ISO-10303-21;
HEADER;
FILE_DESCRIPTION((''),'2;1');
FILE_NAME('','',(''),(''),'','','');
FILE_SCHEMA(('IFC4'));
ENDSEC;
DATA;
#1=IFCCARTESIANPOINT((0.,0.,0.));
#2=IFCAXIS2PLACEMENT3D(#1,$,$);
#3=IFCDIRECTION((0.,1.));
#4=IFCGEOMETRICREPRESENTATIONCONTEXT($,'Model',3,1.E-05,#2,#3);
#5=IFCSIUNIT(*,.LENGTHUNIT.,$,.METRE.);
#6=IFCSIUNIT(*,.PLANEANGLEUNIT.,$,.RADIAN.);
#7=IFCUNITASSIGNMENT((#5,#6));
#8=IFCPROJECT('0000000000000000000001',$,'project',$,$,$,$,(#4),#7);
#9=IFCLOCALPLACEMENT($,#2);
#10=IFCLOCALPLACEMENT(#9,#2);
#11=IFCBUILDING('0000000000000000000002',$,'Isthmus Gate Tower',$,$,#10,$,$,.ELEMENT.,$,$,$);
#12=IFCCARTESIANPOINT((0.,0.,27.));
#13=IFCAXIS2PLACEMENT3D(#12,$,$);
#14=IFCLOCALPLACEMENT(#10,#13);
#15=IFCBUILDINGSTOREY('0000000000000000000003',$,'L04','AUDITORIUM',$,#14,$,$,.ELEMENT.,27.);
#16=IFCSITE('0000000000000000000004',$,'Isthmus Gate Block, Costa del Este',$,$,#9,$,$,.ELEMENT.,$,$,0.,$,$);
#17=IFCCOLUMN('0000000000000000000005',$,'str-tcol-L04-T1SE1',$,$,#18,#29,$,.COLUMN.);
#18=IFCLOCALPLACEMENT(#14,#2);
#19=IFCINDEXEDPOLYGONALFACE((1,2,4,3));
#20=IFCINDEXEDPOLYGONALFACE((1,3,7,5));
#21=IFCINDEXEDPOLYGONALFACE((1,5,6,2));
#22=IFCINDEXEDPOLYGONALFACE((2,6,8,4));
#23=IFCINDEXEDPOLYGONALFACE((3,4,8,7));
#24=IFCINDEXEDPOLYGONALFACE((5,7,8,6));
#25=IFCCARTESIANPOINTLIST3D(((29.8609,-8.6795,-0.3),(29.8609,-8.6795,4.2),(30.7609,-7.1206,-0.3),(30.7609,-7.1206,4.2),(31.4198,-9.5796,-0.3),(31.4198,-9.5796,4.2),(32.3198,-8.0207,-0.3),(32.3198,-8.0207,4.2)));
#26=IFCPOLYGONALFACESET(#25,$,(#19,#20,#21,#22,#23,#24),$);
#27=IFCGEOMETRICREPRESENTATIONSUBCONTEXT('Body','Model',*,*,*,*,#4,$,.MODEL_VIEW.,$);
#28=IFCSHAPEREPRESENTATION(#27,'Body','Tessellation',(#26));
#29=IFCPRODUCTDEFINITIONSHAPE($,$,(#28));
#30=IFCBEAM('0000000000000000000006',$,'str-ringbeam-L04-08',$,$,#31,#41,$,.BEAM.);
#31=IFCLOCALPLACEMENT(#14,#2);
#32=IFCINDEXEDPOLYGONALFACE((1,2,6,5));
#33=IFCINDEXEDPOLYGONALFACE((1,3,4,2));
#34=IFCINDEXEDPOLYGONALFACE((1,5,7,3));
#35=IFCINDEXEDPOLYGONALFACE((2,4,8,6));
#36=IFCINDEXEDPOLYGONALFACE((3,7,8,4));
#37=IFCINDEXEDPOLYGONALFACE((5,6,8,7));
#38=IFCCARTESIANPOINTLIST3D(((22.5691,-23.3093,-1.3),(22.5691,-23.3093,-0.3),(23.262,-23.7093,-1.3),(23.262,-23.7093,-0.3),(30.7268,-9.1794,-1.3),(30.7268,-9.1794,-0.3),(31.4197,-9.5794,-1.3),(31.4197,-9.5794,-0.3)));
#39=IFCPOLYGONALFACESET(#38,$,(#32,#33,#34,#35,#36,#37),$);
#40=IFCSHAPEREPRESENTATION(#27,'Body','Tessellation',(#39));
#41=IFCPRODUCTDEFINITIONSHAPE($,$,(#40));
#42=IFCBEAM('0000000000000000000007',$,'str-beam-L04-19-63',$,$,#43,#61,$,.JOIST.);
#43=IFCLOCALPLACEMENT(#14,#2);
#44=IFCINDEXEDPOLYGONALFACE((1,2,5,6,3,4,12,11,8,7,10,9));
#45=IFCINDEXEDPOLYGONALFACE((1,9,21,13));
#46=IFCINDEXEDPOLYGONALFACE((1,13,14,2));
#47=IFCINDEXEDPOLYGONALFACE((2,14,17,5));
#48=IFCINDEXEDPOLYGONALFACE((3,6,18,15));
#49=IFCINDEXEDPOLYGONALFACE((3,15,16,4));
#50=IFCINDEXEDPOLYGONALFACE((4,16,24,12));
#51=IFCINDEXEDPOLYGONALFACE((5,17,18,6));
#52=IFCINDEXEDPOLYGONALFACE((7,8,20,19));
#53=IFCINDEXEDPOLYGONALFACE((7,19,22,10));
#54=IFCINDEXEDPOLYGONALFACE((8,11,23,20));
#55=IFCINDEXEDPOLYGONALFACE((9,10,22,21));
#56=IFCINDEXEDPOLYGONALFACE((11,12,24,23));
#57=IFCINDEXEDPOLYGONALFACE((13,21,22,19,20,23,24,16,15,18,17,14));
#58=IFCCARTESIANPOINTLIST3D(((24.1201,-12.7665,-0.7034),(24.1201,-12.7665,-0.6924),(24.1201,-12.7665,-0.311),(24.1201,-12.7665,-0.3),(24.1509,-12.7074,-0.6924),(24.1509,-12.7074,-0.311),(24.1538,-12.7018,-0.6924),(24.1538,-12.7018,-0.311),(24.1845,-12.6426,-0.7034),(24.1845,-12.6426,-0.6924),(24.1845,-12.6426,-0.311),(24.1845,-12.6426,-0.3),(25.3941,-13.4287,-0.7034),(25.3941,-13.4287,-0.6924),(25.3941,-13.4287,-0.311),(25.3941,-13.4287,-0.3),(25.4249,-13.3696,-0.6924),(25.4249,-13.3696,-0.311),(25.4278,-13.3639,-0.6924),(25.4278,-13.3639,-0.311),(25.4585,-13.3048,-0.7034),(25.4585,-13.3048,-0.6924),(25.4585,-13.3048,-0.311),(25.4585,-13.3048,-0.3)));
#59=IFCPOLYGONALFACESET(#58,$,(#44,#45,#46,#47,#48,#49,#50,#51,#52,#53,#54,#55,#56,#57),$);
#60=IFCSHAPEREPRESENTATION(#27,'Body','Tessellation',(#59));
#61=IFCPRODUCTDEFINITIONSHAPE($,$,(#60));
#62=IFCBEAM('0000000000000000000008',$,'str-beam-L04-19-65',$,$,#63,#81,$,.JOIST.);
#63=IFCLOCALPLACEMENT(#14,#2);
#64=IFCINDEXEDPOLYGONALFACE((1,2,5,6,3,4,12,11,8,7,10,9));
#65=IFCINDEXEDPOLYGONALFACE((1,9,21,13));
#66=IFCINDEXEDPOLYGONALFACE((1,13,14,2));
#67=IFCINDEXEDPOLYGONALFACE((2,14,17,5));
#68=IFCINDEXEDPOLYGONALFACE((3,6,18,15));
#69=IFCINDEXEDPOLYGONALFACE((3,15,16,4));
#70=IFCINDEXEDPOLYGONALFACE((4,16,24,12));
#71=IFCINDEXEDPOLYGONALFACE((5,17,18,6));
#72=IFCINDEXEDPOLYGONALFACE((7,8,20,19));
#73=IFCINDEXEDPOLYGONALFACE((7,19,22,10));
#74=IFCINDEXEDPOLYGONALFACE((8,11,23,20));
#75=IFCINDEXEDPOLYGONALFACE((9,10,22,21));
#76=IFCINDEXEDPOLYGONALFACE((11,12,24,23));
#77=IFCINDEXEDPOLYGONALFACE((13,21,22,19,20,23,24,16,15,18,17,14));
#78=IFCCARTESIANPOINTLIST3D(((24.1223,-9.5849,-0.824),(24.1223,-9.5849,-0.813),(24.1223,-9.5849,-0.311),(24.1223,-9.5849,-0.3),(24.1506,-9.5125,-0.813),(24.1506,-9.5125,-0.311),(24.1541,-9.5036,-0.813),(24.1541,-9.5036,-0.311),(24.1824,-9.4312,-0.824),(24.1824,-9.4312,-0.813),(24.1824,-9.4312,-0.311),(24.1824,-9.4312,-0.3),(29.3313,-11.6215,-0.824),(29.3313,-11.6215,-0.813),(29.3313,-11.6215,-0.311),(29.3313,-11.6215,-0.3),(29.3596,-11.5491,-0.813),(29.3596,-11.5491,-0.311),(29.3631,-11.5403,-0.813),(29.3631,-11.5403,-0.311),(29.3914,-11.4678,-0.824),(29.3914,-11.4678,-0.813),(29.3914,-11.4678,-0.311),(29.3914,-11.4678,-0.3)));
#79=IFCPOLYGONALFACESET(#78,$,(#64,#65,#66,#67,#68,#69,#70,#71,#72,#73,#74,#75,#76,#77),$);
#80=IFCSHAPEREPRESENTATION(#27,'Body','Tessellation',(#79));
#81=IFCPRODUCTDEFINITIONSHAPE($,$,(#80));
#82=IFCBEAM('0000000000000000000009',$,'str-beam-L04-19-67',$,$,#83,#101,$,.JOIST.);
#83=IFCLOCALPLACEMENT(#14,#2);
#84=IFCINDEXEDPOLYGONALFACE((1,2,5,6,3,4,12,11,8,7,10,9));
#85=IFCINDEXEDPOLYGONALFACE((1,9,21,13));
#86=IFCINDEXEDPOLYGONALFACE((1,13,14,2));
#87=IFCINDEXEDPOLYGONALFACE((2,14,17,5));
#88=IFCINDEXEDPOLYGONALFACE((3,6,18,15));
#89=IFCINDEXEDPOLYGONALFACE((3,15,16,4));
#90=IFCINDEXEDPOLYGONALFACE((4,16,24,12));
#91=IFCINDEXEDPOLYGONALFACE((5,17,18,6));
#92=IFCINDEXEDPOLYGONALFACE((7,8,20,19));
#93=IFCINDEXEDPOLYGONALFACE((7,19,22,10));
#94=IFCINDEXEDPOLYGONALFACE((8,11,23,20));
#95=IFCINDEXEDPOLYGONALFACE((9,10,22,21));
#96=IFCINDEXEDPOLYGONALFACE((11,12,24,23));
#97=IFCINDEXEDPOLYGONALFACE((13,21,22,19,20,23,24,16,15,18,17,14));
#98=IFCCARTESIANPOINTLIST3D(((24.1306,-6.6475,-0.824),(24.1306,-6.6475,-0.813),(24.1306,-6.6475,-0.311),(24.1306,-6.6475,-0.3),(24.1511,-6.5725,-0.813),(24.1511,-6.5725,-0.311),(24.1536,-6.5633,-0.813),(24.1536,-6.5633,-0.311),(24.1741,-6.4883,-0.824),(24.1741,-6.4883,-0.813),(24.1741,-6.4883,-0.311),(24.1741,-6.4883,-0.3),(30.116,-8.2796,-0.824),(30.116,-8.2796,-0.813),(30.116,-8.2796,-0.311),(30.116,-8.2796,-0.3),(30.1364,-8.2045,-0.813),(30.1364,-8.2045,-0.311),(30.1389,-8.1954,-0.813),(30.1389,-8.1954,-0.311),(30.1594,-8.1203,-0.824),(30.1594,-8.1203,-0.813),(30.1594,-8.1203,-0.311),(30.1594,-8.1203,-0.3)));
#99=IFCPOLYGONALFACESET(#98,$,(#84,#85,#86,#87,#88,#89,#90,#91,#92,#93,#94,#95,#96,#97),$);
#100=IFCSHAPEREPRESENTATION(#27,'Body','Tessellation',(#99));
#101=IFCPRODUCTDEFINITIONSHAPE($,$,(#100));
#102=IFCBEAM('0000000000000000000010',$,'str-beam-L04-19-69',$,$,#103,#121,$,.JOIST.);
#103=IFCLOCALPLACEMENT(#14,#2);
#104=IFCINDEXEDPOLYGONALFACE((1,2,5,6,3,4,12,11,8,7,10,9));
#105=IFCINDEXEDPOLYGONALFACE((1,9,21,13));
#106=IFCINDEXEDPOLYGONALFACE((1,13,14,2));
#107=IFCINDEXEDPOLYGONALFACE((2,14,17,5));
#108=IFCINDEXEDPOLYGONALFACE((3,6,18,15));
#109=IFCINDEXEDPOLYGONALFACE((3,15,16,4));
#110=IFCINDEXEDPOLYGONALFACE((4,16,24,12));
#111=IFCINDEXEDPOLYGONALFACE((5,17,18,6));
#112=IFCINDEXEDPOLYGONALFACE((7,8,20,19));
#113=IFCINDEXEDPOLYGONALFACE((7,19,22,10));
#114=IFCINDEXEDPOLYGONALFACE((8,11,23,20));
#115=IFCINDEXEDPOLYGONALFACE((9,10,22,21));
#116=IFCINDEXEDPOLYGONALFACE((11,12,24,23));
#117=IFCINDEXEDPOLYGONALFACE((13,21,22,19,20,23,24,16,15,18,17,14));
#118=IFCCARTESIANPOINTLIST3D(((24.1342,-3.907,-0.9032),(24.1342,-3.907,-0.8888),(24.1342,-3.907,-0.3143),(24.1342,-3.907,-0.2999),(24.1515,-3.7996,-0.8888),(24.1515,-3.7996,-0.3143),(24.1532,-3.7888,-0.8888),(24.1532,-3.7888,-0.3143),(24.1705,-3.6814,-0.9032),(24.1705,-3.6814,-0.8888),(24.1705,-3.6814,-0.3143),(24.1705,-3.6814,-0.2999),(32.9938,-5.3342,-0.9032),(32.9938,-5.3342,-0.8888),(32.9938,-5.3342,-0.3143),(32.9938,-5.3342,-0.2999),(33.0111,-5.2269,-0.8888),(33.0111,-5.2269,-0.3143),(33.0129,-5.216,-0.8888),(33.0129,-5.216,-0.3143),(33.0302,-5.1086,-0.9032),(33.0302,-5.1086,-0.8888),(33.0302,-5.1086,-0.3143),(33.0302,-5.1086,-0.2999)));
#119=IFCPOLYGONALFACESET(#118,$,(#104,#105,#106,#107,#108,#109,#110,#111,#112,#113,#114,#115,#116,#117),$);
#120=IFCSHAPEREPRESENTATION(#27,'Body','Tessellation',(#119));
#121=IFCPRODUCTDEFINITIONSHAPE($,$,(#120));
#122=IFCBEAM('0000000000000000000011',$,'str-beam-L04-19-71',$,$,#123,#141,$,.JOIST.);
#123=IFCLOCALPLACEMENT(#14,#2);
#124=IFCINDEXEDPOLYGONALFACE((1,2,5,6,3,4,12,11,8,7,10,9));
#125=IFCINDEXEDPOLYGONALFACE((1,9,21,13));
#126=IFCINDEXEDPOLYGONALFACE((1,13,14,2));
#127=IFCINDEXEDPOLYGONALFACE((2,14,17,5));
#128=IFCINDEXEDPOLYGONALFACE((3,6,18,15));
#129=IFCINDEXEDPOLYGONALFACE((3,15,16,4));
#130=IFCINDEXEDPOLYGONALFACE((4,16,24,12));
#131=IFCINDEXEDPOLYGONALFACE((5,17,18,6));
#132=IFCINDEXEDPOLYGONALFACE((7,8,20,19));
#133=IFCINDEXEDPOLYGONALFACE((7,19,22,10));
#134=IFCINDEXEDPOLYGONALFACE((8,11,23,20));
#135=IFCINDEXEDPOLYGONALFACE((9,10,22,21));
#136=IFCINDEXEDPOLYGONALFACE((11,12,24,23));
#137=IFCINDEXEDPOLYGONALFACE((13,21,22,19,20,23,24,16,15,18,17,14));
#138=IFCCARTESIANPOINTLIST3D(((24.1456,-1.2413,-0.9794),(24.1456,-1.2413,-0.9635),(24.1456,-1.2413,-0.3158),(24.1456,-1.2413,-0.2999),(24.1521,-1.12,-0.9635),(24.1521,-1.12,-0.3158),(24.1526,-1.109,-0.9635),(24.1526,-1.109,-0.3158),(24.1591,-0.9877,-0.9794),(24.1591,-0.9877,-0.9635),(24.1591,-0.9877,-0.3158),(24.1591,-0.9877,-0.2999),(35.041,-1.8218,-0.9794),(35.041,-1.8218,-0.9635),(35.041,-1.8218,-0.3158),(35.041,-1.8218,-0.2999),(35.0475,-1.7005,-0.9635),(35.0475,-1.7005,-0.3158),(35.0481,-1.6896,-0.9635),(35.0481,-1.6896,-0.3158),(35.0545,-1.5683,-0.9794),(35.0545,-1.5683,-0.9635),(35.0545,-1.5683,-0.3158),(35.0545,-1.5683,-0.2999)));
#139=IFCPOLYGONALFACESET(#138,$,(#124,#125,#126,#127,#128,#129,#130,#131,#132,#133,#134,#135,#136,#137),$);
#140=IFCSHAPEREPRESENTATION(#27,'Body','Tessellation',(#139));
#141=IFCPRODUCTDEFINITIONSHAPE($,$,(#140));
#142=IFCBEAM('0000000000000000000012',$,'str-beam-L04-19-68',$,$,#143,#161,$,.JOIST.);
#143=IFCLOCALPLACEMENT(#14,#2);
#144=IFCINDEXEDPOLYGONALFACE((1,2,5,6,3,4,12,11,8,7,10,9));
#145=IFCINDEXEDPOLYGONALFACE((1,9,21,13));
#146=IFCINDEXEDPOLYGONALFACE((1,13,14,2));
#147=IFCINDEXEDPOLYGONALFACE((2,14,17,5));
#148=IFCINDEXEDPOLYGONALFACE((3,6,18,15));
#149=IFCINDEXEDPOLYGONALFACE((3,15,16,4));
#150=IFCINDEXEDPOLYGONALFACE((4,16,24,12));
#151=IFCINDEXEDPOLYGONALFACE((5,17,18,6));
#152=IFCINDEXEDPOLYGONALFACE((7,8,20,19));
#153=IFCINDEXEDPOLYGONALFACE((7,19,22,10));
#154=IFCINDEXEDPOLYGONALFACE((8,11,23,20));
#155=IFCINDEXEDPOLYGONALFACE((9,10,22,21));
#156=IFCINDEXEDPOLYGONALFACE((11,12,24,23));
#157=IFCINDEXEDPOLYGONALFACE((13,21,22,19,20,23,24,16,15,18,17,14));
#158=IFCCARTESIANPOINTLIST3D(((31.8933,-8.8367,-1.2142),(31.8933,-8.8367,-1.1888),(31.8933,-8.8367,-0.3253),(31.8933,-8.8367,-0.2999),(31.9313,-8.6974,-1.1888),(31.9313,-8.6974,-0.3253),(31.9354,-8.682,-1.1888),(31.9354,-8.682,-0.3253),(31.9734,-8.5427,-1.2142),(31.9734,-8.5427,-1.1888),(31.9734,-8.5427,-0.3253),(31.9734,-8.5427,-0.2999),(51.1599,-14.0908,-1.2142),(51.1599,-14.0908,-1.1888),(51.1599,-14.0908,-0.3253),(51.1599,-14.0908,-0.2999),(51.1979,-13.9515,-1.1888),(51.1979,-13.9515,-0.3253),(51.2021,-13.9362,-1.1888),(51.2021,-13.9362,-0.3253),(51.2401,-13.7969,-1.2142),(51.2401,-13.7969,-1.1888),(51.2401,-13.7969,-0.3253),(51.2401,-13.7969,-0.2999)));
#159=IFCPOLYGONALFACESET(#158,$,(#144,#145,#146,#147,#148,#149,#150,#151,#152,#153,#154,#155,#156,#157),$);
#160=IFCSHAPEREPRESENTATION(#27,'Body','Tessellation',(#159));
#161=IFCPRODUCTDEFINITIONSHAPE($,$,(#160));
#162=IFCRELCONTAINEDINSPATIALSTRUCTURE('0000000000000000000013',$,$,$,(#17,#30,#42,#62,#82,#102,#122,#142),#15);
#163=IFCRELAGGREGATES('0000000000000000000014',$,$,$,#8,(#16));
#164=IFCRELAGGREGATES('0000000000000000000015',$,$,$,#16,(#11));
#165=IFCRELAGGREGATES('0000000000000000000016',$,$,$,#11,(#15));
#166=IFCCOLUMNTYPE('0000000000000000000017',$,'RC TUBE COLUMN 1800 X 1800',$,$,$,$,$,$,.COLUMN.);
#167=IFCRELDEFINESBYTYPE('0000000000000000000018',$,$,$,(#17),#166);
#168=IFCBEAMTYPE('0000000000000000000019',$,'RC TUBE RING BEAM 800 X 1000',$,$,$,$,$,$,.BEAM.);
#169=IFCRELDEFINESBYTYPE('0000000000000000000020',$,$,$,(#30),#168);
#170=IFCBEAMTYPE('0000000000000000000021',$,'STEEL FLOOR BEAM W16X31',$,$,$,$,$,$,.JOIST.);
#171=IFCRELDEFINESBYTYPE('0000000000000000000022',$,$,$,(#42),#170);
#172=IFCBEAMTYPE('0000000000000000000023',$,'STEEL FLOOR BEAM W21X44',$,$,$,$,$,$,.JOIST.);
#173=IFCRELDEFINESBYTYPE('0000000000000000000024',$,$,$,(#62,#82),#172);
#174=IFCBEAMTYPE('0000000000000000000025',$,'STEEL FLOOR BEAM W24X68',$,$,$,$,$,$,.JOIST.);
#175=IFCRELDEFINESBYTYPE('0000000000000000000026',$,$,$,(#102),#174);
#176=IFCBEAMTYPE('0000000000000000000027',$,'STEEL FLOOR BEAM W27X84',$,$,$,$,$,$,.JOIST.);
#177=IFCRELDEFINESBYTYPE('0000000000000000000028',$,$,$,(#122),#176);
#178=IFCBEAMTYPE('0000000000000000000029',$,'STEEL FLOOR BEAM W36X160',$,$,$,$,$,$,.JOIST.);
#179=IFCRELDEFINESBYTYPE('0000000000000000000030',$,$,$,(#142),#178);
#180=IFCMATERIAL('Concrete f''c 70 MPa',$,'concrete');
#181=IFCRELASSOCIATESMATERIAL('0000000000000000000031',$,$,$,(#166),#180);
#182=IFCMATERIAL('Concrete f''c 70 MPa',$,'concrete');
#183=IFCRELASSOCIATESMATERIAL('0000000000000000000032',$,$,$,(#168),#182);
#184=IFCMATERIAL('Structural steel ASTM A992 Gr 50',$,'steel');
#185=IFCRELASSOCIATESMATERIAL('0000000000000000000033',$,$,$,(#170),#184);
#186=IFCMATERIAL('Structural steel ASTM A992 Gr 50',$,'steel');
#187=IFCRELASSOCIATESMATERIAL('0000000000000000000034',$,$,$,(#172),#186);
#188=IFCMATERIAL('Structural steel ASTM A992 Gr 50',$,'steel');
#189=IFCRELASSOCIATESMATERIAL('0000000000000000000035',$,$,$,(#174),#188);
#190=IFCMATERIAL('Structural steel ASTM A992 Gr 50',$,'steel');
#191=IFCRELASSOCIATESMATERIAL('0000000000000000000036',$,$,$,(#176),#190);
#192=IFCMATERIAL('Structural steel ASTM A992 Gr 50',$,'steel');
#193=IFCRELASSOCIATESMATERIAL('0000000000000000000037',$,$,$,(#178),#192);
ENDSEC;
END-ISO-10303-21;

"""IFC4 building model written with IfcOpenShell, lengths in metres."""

from ifc_helpers import new_model, si_unit, direction, frame, origin, origin_2d, place, context, subcontext, project, spatial, rectangle, i_section, extrude, material, material_profile, profile_set, type_object, element, save


model = new_model("IFC4")

# Units and contexts
model_context = context("Model", 3, precision=1e-05, world=origin(), true_north=direction((0.0, 1.0)))
body_context = subcontext(model_context, "Body", "Model", "MODEL_VIEW")
ifc_project = project(units=[si_unit("LENGTHUNIT", "METRE"), si_unit("PLANEANGLEUNIT", "RADIAN")], contexts=[model_context])

# Site, building, storey
site_placement = place(None, origin())
site = spatial("IfcSite", under=ifc_project, at=site_placement, Name="Isthmus Gate Block, Costa del Este", CompositionType="ELEMENT", RefElevation=0.0)
building_placement = place(site_placement, origin())
building = spatial("IfcBuilding", under=site, at=building_placement, Name="Isthmus Gate Tower", CompositionType="ELEMENT")
storey_placement = place(building_placement, frame((0.0, 0.0, 27.0)))
storey = spatial("IfcBuildingStorey", under=building, at=storey_placement, Name="L04", Description="AUDITORIUM", CompositionType="ELEMENT", Elevation=27.0)

# Column
ifc_material_1 = material(Name="Concrete f'c 70 MPa", Category="concrete")
ifc_material_profile_1 = material_profile(ifc_material_1, rectangle(XDim=1.8, YDim=1.8, at=origin_2d()), Name="RC 1800X1800")
ifc_profile_set_1 = profile_set([ifc_material_profile_1], Name="Concrete f'c 70 MPa")
column_type = type_object("IfcColumnType", Name="RC TUBE COLUMN 1800 X 1800", PredefinedType="COLUMN", material=ifc_profile_set_1)
column_placement = place(storey_placement, frame((31.0903, -8.3501, -0.3), z_axis=(0.0, 0.0, 1.0), x_axis=(0.5, 0.866025, 0.0)))
element("IfcColumn", 1, at=column_placement, inside=storey, type_object=column_type, Name="str-tcol-L04-T1SE1", PredefinedType="COLUMN", context=body_context, shape_type="SweptSolid", body=[
    extrude(rectangle(XDim=1.8, YDim=1.8, at=origin_2d()), origin(), (0.0, 0.0, 1.0), 4.5),
])

# Beams
ifc_material_2 = material(Name="Concrete f'c 70 MPa", Category="concrete")
ifc_material_profile_2 = material_profile(ifc_material_2, rectangle(XDim=0.8, YDim=1.0, at=origin_2d()), Name="RC 800X1000")
ifc_profile_set_2 = profile_set([ifc_material_profile_2], Name="Concrete f'c 70 MPa")
beam_type_1 = type_object("IfcBeamType", Name="RC TUBE RING BEAM 800 X 1000", PredefinedType="BEAM", material=ifc_profile_set_2)
beam_1_placement = place(storey_placement, frame((31.0732, -9.3794, -0.8), z_axis=(-0.499992, -0.86603, 0.0), x_axis=(0.86603, -0.499992, 0.0)))
element("IfcBeam", 2, at=beam_1_placement, inside=storey, type_object=beam_type_1, Name="str-ringbeam-L04-08", PredefinedType="BEAM", context=body_context, shape_type="SweptSolid", body=[
    extrude(rectangle(XDim=0.8, YDim=1.0, at=origin_2d()), origin(), (0.0, 0.0, 1.0), 16.3157),
])
ifc_material_3 = material(Name="Structural steel ASTM A992 Gr 50", Category="steel")
ifc_material_profile_3 = material_profile(ifc_material_3, i_section(OverallWidth=0.1396, OverallDepth=0.4033, WebThickness=0.0063, FlangeThickness=0.011, at=origin_2d()), Name="W16X31")
ifc_profile_set_3 = profile_set([ifc_material_profile_3], Name="Structural steel ASTM A992 Gr 50")
beam_type_2 = type_object("IfcBeamType", Name="STEEL FLOOR BEAM W16X31", PredefinedType="JOIST", material=ifc_profile_set_3)
beam_2_placement = place(storey_placement, frame((24.1523, -12.7046, -0.5017), z_axis=(0.887311, -0.461171, 0.0), x_axis=(0.461171, 0.887311, 0.0)))
element("IfcBeam", 3, at=beam_2_placement, inside=storey, type_object=beam_type_2, Name="str-beam-L04-19-63", PredefinedType="JOIST", context=body_context, shape_type="SweptSolid", body=[
    extrude(i_section(OverallWidth=0.1396, OverallDepth=0.4033, WebThickness=0.0063, FlangeThickness=0.011, at=origin_2d()), origin(), (0.0, 0.0, 1.0), 1.4358),
])
ifc_material_4 = material(Name="Structural steel ASTM A992 Gr 50", Category="steel")
ifc_material_profile_4 = material_profile(ifc_material_4, i_section(OverallWidth=0.165, OverallDepth=0.5239, WebThickness=0.0095, FlangeThickness=0.011, at=origin_2d()), Name="W21X44")
ifc_profile_set_4 = profile_set([ifc_material_profile_4], Name="Structural steel ASTM A992 Gr 50")
beam_type_3 = type_object("IfcBeamType", Name="STEEL FLOOR BEAM W21X44", PredefinedType="JOIST", material=ifc_profile_set_4)
beam_3_placement = place(storey_placement, frame((24.1523, -9.5081, -0.562), z_axis=(0.931345, -0.364139, 0.0), x_axis=(0.364139, 0.931345, 0.0)))
element("IfcBeam", 4, at=beam_3_placement, inside=storey, type_object=beam_type_3, Name="str-beam-L04-19-65", PredefinedType="JOIST", context=body_context, shape_type="SweptSolid", body=[
    extrude(i_section(OverallWidth=0.165, OverallDepth=0.5239, WebThickness=0.0095, FlangeThickness=0.011, at=origin_2d()), origin(), (0.0, 0.0, 1.0), 5.593),
])
beam_4_placement = place(storey_placement, frame((24.1523, -6.5679, -0.562), z_axis=(0.964776, -0.263074, 0.0), x_axis=(0.263074, 0.964776, 0.0)))
element("IfcBeam", 5, at=beam_4_placement, inside=storey, type_object=beam_type_3, Name="str-beam-L04-19-67", PredefinedType="JOIST", context=body_context, shape_type="SweptSolid", body=[
    extrude(i_section(OverallWidth=0.165, OverallDepth=0.5239, WebThickness=0.0095, FlangeThickness=0.011, at=origin_2d()), origin(), (0.0, 0.0, 1.0), 6.2039),
])
ifc_material_5 = material(Name="Structural steel ASTM A992 Gr 50", Category="steel")
ifc_material_profile_5 = material_profile(ifc_material_5, i_section(OverallWidth=0.2285, OverallDepth=0.6033, WebThickness=0.011, FlangeThickness=0.0144, at=origin_2d()), Name="W24X68")
ifc_profile_set_5 = profile_set([ifc_material_profile_5], Name="Structural steel ASTM A992 Gr 50")
beam_type_4 = type_object("IfcBeamType", Name="STEEL FLOOR BEAM W24X68", PredefinedType="JOIST", material=ifc_profile_set_5)
beam_5_placement = place(storey_placement, frame((24.1523, -3.7942, -0.6016), z_axis=(0.987271, -0.159045, 0.0), x_axis=(0.159045, 0.987271, 0.0)))
element("IfcBeam", 6, at=beam_5_placement, inside=storey, type_object=beam_type_4, Name="str-beam-L04-19-69", PredefinedType="JOIST", context=body_context, shape_type="SweptSolid", body=[
    extrude(i_section(OverallWidth=0.2285, OverallDepth=0.6033, WebThickness=0.011, FlangeThickness=0.0144, at=origin_2d()), origin(), (0.0, 0.0, 1.0), 8.9739),
])
ifc_material_6 = material(Name="Structural steel ASTM A992 Gr 50", Category="steel")
ifc_material_profile_6 = material_profile(ifc_material_6, i_section(OverallWidth=0.2539, OverallDepth=0.6794, WebThickness=0.011, FlangeThickness=0.0159, at=origin_2d()), Name="W27X84")
ifc_profile_set_6 = profile_set([ifc_material_profile_6], Name="Structural steel ASTM A992 Gr 50")
beam_type_5 = type_object("IfcBeamType", Name="STEEL FLOOR BEAM W27X84", PredefinedType="JOIST", material=ifc_profile_set_6)
beam_6_placement = place(storey_placement, frame((24.1523, -1.1145, -0.6396), z_axis=(0.998583, -0.053209, 0.0), x_axis=(0.053209, 0.998583, 0.0)))
element("IfcBeam", 7, at=beam_6_placement, inside=storey, type_object=beam_type_5, Name="str-beam-L04-19-71", PredefinedType="JOIST", context=body_context, shape_type="SweptSolid", body=[
    extrude(i_section(OverallWidth=0.2539, OverallDepth=0.6794, WebThickness=0.011, FlangeThickness=0.0159, at=origin_2d()), origin(), (0.0, 0.0, 1.0), 10.9109),
])
ifc_material_7 = material(Name="Structural steel ASTM A992 Gr 50", Category="steel")
ifc_material_profile_7 = material_profile(ifc_material_7, i_section(OverallWidth=0.3047, OverallDepth=0.9143, WebThickness=0.0159, FlangeThickness=0.0254, at=origin_2d()), Name="W36X160")
ifc_profile_set_7 = profile_set([ifc_material_profile_7], Name="Structural steel ASTM A992 Gr 50")
beam_type_6 = type_object("IfcBeamType", Name="STEEL FLOOR BEAM W36X160", PredefinedType="JOIST", material=ifc_profile_set_7)
beam_7_placement = place(storey_placement, frame((31.9333, -8.6897, -0.7571), z_axis=(0.964769, -0.2631, 0.0), x_axis=(0.2631, 0.964769, 0.0)))
element("IfcBeam", 8, at=beam_7_placement, inside=storey, type_object=beam_type_6, Name="str-beam-L04-19-68", PredefinedType="JOIST", context=body_context, shape_type="SweptSolid", body=[
    extrude(i_section(OverallWidth=0.3047, OverallDepth=0.9143, WebThickness=0.0159, FlangeThickness=0.0254, at=origin_2d()), origin(), (0.0, 0.0, 1.0), 19.9702),
])

save(model, "model.ifc")
